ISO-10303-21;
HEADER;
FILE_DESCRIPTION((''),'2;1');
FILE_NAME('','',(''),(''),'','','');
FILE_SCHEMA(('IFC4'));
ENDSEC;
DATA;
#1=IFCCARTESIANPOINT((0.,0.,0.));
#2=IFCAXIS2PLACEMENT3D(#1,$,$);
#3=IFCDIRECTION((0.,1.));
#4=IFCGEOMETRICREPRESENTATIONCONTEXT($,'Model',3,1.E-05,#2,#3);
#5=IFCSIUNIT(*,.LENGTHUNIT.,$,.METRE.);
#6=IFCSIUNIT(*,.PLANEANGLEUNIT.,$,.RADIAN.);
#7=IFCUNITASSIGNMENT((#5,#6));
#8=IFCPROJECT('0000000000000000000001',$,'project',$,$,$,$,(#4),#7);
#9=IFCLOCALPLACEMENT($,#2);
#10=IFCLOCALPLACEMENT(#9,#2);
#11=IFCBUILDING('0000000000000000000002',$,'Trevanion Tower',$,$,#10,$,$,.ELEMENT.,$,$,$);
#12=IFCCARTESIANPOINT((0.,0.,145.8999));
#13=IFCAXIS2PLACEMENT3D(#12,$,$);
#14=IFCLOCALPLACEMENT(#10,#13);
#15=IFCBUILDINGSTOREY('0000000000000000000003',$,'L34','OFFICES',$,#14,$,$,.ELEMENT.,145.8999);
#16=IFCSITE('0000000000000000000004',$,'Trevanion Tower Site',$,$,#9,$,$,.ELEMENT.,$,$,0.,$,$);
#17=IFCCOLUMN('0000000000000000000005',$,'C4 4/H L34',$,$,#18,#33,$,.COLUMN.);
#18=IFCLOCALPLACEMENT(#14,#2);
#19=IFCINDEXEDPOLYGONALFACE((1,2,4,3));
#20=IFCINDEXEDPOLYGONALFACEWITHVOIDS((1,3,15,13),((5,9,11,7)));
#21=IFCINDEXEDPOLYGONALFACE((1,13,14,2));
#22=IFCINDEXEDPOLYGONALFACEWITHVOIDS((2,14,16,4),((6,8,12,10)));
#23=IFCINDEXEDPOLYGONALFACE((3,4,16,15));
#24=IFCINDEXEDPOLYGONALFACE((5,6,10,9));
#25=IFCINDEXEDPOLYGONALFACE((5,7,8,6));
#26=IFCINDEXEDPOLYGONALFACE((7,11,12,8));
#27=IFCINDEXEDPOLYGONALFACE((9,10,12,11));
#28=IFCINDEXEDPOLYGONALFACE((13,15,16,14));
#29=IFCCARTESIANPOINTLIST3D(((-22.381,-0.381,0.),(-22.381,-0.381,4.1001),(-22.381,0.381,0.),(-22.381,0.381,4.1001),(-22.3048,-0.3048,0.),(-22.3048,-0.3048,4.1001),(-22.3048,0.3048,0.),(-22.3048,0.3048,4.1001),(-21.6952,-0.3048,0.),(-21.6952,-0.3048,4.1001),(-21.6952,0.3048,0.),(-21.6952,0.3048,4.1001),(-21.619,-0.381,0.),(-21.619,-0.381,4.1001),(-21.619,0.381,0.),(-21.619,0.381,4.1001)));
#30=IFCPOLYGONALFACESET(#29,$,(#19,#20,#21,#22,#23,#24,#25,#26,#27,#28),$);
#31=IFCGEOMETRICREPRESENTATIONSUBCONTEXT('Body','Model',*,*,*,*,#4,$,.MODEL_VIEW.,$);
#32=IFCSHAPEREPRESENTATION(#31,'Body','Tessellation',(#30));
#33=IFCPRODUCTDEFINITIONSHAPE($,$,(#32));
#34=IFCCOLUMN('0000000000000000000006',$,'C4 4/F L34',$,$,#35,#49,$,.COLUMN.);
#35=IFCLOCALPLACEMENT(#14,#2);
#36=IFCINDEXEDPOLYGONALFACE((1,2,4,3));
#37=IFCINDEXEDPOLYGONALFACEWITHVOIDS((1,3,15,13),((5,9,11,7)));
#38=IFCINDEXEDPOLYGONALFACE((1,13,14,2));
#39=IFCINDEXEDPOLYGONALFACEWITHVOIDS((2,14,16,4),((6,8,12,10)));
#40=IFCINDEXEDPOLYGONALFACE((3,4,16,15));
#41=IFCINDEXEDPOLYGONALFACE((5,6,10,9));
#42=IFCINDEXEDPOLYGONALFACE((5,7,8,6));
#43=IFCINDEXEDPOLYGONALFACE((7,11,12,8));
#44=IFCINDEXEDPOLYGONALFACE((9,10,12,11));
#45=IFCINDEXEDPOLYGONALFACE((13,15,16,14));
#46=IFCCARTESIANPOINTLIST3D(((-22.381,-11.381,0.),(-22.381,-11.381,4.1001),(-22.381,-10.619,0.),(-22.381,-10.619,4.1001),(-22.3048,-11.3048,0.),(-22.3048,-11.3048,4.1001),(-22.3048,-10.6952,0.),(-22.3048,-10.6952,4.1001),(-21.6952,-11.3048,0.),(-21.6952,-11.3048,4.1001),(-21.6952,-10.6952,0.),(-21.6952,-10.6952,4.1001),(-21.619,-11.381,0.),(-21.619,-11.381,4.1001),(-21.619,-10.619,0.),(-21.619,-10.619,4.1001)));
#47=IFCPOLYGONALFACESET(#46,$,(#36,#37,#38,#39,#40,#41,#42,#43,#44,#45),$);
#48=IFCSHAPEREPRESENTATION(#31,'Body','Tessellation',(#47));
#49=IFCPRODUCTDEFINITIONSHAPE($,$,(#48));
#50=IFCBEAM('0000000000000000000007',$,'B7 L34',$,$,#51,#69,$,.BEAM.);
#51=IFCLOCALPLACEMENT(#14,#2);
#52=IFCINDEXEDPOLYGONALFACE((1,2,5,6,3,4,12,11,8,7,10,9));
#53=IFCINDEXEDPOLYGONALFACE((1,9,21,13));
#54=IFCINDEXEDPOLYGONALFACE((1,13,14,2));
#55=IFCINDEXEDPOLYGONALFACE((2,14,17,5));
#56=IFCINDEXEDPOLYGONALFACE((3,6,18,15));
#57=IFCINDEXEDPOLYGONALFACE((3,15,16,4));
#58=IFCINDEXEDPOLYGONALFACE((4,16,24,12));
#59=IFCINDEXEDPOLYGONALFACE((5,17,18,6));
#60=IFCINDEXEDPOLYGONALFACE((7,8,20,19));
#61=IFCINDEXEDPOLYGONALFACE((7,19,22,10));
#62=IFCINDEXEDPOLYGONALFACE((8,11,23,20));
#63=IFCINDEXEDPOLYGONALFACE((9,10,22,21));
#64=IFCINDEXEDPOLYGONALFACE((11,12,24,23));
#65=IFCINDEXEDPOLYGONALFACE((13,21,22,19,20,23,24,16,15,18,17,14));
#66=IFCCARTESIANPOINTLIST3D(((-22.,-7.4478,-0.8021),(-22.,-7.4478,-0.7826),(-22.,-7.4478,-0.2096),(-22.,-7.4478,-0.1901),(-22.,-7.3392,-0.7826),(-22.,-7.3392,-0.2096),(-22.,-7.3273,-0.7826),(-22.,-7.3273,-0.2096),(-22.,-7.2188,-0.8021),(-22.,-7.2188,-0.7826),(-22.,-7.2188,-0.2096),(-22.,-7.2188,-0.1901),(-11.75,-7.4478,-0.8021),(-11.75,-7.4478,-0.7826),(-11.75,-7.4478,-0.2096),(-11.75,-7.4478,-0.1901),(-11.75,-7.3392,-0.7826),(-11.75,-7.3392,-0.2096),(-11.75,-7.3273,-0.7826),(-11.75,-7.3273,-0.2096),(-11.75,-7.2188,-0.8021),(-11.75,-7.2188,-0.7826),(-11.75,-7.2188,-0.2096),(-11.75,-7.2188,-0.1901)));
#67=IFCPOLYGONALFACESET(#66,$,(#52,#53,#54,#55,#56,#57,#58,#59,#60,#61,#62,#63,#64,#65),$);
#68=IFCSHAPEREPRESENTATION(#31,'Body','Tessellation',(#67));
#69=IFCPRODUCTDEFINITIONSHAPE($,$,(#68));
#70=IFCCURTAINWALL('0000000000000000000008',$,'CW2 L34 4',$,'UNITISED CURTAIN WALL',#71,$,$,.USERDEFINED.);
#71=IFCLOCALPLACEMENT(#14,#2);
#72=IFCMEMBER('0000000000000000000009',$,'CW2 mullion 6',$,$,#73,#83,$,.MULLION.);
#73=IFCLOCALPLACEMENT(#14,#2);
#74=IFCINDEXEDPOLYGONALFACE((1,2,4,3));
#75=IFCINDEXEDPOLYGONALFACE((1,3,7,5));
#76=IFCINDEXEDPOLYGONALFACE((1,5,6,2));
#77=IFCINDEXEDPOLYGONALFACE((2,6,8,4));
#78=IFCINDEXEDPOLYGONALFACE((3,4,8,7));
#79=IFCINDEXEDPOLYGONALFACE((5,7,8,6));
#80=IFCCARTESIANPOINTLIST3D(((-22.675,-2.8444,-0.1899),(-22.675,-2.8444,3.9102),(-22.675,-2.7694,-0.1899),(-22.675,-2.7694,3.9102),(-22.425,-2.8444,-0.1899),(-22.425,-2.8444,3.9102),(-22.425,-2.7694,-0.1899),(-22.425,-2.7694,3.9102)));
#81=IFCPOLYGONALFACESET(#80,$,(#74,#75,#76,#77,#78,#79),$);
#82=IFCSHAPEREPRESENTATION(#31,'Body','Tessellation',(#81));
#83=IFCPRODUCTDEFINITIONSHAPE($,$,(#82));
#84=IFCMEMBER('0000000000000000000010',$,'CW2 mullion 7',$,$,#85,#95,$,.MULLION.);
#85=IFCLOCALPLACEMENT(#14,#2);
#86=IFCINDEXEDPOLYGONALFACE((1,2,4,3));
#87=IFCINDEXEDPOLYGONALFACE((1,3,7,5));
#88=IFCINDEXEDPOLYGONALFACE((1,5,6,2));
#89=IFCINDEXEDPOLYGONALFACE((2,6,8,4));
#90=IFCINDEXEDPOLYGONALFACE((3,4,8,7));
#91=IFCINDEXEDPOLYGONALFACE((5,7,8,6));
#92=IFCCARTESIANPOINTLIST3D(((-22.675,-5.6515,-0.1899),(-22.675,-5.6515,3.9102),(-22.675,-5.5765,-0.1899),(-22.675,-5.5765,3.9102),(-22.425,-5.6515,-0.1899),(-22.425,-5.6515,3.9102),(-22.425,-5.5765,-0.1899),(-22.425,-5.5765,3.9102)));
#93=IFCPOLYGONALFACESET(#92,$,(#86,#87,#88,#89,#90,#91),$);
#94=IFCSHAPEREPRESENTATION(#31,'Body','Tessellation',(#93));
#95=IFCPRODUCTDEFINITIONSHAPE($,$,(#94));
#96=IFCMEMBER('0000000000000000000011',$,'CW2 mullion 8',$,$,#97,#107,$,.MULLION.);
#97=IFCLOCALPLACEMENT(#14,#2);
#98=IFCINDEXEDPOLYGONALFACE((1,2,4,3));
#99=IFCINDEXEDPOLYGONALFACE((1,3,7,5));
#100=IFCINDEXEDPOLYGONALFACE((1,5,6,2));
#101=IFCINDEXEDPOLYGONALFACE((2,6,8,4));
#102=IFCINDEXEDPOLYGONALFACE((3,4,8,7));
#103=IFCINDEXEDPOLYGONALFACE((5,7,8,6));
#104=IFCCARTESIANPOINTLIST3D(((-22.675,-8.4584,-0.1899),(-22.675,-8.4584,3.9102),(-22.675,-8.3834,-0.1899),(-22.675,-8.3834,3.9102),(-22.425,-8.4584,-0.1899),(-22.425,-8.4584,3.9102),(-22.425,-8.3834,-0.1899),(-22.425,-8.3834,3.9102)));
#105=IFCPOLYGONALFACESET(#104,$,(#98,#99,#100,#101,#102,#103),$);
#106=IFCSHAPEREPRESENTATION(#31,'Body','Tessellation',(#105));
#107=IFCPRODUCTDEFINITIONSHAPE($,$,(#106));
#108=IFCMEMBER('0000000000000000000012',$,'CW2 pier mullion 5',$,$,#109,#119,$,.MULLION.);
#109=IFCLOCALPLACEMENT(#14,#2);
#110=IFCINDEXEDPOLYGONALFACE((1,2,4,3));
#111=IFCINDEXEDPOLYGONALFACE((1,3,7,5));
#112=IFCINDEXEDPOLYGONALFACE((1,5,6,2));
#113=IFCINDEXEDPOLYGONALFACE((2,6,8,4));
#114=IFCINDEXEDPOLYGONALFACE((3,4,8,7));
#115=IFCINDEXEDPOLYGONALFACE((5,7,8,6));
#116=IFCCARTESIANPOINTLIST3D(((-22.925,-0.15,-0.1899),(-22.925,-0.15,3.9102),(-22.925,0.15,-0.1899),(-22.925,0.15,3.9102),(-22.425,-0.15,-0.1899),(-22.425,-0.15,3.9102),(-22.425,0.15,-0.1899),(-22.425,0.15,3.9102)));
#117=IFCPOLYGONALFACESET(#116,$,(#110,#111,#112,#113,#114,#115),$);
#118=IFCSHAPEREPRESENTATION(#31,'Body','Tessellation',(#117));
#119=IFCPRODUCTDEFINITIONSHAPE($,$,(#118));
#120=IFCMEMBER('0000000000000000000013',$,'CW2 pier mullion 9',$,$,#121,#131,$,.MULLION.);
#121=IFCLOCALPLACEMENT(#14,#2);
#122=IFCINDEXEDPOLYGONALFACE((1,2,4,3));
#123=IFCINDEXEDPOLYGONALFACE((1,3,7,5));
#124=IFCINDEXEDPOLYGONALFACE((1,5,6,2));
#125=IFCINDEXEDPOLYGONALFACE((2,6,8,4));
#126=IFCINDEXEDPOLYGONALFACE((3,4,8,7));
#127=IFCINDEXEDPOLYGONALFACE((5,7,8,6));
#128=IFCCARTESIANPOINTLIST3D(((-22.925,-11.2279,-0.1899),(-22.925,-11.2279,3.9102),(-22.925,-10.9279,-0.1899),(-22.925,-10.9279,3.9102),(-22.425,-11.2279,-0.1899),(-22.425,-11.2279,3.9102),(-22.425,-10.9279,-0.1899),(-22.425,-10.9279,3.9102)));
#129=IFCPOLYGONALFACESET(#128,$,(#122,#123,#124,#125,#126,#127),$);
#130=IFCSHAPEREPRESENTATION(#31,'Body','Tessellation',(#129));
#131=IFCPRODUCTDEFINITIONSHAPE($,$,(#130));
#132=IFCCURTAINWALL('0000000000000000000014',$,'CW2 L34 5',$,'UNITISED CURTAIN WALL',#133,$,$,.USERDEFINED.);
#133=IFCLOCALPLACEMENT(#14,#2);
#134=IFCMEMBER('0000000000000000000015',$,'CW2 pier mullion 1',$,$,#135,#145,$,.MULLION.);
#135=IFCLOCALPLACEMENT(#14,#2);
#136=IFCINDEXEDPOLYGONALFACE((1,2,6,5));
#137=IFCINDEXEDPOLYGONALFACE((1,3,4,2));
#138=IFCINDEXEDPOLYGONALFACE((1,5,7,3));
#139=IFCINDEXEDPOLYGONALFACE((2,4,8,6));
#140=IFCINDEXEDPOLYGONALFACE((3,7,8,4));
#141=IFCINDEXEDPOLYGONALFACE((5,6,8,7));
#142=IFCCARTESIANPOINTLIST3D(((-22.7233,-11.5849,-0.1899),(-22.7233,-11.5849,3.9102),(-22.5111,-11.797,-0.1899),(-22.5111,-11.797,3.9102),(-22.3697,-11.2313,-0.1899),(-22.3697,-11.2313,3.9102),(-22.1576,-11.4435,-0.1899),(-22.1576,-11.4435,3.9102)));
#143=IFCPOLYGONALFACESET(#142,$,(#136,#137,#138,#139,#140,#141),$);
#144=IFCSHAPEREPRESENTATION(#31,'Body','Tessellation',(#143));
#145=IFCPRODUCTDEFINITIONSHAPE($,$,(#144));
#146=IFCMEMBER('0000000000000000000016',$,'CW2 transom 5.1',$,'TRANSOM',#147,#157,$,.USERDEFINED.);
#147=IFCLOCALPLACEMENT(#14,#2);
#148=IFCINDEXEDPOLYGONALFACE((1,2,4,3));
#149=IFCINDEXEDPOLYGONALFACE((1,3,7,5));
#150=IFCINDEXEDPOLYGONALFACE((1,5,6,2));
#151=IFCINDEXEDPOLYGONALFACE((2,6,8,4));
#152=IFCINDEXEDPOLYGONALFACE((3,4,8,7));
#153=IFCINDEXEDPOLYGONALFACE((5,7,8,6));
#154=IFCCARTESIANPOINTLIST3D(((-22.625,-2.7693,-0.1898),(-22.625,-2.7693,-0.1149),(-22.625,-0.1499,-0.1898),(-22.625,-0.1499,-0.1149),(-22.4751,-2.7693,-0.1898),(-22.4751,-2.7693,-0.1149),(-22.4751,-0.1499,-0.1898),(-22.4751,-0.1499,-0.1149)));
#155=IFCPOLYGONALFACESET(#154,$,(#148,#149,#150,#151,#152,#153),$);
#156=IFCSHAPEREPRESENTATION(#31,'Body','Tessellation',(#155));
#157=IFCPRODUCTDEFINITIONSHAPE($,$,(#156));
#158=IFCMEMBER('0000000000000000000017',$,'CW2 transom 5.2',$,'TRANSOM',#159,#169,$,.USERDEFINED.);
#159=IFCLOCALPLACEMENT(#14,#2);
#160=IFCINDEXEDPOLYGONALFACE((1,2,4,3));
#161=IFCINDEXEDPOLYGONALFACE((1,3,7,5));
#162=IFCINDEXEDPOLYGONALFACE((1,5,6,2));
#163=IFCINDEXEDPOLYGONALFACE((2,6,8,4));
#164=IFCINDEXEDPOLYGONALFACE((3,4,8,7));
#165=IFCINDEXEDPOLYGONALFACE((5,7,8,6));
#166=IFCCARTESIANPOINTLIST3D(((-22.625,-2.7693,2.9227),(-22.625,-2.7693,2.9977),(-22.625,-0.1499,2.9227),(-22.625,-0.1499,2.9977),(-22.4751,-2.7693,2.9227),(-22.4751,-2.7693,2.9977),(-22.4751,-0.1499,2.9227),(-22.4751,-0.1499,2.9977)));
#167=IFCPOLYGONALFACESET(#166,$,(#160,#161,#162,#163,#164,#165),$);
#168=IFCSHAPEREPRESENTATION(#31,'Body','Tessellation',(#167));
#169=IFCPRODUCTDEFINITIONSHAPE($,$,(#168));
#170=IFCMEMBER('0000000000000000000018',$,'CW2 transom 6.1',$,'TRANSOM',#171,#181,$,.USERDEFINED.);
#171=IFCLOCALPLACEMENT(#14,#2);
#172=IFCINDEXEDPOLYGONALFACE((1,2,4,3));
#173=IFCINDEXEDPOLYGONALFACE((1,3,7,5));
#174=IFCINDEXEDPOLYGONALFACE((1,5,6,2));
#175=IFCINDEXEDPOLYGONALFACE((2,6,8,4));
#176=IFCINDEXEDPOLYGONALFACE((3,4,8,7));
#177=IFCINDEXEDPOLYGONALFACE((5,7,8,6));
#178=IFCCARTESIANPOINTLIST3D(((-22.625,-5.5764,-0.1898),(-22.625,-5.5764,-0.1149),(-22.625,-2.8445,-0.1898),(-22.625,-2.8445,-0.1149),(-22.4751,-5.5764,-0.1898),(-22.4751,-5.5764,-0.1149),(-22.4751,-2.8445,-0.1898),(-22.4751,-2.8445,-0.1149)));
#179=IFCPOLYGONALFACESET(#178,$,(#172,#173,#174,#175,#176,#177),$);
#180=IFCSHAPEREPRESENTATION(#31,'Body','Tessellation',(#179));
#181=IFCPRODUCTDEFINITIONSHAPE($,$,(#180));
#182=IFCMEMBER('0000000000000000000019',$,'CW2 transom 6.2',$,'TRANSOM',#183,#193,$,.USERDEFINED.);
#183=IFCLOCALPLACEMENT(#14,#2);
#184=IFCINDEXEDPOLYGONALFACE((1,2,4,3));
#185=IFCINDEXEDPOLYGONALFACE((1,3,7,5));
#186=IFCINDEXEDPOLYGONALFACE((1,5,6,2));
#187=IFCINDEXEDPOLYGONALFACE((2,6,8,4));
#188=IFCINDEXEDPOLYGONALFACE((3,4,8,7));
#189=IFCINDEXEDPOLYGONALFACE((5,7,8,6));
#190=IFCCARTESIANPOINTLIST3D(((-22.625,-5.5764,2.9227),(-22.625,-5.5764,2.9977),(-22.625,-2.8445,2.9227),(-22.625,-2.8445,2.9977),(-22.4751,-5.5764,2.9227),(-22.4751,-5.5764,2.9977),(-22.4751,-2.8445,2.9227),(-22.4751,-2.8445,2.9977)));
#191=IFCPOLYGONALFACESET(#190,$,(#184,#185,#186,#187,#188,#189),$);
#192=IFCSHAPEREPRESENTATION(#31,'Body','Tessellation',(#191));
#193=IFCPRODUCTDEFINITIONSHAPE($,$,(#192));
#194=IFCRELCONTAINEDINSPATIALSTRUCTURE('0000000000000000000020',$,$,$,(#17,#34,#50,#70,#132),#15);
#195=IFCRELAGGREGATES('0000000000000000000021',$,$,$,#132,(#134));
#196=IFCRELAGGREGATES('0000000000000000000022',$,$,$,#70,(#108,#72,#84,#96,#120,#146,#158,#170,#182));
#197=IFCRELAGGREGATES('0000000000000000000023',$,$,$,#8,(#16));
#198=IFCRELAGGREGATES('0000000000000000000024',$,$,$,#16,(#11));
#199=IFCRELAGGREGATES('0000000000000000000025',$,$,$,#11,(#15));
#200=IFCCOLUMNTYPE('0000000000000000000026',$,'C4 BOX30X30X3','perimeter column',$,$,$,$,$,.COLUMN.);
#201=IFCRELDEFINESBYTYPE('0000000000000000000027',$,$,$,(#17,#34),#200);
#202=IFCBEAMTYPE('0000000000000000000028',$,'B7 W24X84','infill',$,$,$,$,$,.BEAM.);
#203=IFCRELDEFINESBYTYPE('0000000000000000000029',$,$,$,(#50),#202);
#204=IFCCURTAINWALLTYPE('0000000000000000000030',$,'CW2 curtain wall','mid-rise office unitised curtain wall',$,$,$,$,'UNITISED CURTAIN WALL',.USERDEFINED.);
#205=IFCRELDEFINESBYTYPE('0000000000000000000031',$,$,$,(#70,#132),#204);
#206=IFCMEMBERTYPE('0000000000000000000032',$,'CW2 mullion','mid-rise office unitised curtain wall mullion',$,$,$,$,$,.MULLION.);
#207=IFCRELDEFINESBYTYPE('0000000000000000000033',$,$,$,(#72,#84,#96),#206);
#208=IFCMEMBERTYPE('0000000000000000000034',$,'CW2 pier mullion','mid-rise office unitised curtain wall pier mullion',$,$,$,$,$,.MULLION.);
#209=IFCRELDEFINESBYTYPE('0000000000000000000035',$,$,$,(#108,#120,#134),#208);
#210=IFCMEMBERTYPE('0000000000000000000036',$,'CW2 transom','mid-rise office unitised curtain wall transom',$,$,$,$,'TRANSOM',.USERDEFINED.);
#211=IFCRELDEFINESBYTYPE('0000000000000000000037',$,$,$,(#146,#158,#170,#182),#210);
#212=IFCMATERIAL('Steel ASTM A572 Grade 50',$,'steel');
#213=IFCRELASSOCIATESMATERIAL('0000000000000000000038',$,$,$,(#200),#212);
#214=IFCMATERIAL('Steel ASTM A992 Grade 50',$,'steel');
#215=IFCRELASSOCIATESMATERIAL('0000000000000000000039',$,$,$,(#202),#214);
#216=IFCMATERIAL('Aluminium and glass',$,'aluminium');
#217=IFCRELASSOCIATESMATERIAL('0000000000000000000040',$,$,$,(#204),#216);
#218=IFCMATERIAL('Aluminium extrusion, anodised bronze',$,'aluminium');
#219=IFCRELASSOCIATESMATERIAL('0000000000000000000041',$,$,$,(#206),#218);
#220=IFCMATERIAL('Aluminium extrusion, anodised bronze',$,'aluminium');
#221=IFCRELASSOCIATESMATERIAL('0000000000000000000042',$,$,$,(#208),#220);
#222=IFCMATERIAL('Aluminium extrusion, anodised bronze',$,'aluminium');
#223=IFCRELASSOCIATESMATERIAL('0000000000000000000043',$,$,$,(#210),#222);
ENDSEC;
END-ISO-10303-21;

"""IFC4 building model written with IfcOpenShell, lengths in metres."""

from ifc_helpers import new_model, si_unit, direction, frame, origin, origin_2d, place, context, subcontext, project, spatial, rectangle, hollow_rectangle, i_section, extrude, material, material_profile, profile_set, type_object, element, aggregate, save


model = new_model("IFC4")

# Units and contexts
model_context = context("Model", 3, precision=1e-05, world=origin(), true_north=direction((0.0, 1.0)))
body_context = subcontext(model_context, "Body", "Model", "MODEL_VIEW")
ifc_project = project(units=[si_unit("LENGTHUNIT", "METRE"), si_unit("PLANEANGLEUNIT", "RADIAN")], contexts=[model_context])

# Site, building, storey
site_placement = place(None, origin())
site = spatial("IfcSite", under=ifc_project, at=site_placement, Name="Trevanion Tower Site", CompositionType="ELEMENT", RefElevation=0.0)
building_placement = place(site_placement, origin())
building = spatial("IfcBuilding", under=site, at=building_placement, Name="Trevanion Tower", CompositionType="ELEMENT")
storey_placement = place(building_placement, frame((0.0, 0.0, 145.8999)))
storey = spatial("IfcBuildingStorey", under=building, at=storey_placement, Name="L34", Description="OFFICES", CompositionType="ELEMENT", Elevation=145.8999)

# Columns
ifc_material_1 = material(Name="Steel ASTM A572 Grade 50", Category="steel")
ifc_material_profile_1 = material_profile(ifc_material_1, hollow_rectangle(XDim=0.762, YDim=0.762, WallThickness=0.0762, at=origin_2d()), Name="BOX30X30X3")
ifc_profile_set_1 = profile_set([ifc_material_profile_1], Name="Steel ASTM A572 Grade 50")
column_type = type_object("IfcColumnType", Name="C4 BOX30X30X3", Description="perimeter column", PredefinedType="COLUMN", material=ifc_profile_set_1)
for number, where, z_axis, x_axis, name in (
    (1, (-22.0, 0.0, 0.0), (0.0, 0.0, 1.0), (0.0, 1.0, 0.0), "C4 4/H L34"),
    (2, (-22.0, -11.0, 0.0), (0.0, 0.0, 1.0), (0.0, 1.0, 0.0), "C4 4/F L34"),
):
    element("IfcColumn", number, at=place(storey_placement, frame(where, z_axis=z_axis, x_axis=x_axis)), inside=storey, type_object=column_type, Name=name, PredefinedType="COLUMN", context=body_context, shape_type="SweptSolid", body=[
        extrude(hollow_rectangle(XDim=0.762, YDim=0.762, WallThickness=0.0762, at=origin_2d()), origin(), (0.0, 0.0, 1.0), 4.1001),
    ])

# Beam
ifc_material_2 = material(Name="Steel ASTM A992 Grade 50", Category="steel")
ifc_material_profile_2 = material_profile(ifc_material_2, i_section(OverallWidth=0.229, OverallDepth=0.6121, WebThickness=0.012, FlangeThickness=0.0195, at=origin_2d()), Name="W24X84")
ifc_profile_set_2 = profile_set([ifc_material_profile_2], Name="Steel ASTM A992 Grade 50")
beam_type_1 = type_object("IfcBeamType", Name="B7 W24X84", Description="infill", PredefinedType="BEAM", material=ifc_profile_set_2)
beam_1_placement = place(storey_placement, frame((-11.75, -7.3333, -0.4961), z_axis=(-1.0, 0.0, 0.0), x_axis=(0.0, -1.0, 0.0)))
element("IfcBeam", 3, at=beam_1_placement, inside=storey, type_object=beam_type_1, Name="B7 L34", PredefinedType="BEAM", context=body_context, shape_type="SweptSolid", body=[
    extrude(i_section(OverallWidth=0.229, OverallDepth=0.6121, WebThickness=0.012, FlangeThickness=0.0195, at=origin_2d()), origin(), (0.0, 0.0, 1.0), 10.25),
])

# Curtain wall, members
ifc_material_3 = material(Name="Aluminium and glass", Category="aluminium")
curtain_wall_type = type_object("IfcCurtainWallType", Name="CW2 curtain wall", Description="mid-rise office unitised curtain wall", ElementType="UNITISED CURTAIN WALL", PredefinedType="USERDEFINED", material=ifc_material_3)
curtain_wall_1_placement = place(storey_placement, origin())
curtain_wall_1 = element("IfcCurtainWall", 4, at=curtain_wall_1_placement, inside=storey, type_object=curtain_wall_type, Name="CW2 L34 4", ObjectType="UNITISED CURTAIN WALL", PredefinedType="USERDEFINED")
ifc_material_4 = material(Name="Aluminium extrusion, anodised bronze", Category="aluminium")
ifc_material_profile_3 = material_profile(ifc_material_4, rectangle(XDim=0.075, YDim=0.25, at=origin_2d()), Name="CW2 mullion")
ifc_profile_set_3 = profile_set([ifc_material_profile_3], Name="Aluminium extrusion, anodised bronze")
member_type_1 = type_object("IfcMemberType", Name="CW2 mullion", Description="mid-rise office unitised curtain wall mullion", PredefinedType="MULLION", material=ifc_profile_set_3)
member_1_placement = place(storey_placement, frame((-22.55, -2.8069, -0.1899), z_axis=(0.0, 0.0, 1.0), x_axis=(0.0, -1.0, 0.0)))
member_1 = element("IfcMember", 5, at=member_1_placement, type_object=member_type_1, Name="CW2 mullion 6", PredefinedType="MULLION", context=body_context, shape_type="SweptSolid", body=[
    extrude(rectangle(XDim=0.075, YDim=0.25, at=origin_2d()), origin(), (0.0, 0.0, 1.0), 4.1001),
])
member_2_placement = place(storey_placement, frame((-22.55, -5.614, -0.1899), z_axis=(0.0, 0.0, 1.0), x_axis=(0.0, -1.0, 0.0)))
member_2 = element("IfcMember", 6, at=member_2_placement, type_object=member_type_1, Name="CW2 mullion 7", PredefinedType="MULLION", context=body_context, shape_type="SweptSolid", body=[
    extrude(rectangle(XDim=0.075, YDim=0.25, at=origin_2d()), origin(), (0.0, 0.0, 1.0), 4.1001),
])
member_3_placement = place(storey_placement, frame((-22.55, -8.4209, -0.1899), z_axis=(0.0, 0.0, 1.0), x_axis=(0.0, -1.0, 0.0)))
member_3 = element("IfcMember", 7, at=member_3_placement, type_object=member_type_1, Name="CW2 mullion 8", PredefinedType="MULLION", context=body_context, shape_type="SweptSolid", body=[
    extrude(rectangle(XDim=0.075, YDim=0.25, at=origin_2d()), origin(), (0.0, 0.0, 1.0), 4.1001),
])
ifc_material_5 = material(Name="Aluminium extrusion, anodised bronze", Category="aluminium")
ifc_material_profile_4 = material_profile(ifc_material_5, rectangle(XDim=0.3, YDim=0.5, at=origin_2d()), Name="CW2 pier mullion")
ifc_profile_set_4 = profile_set([ifc_material_profile_4], Name="Aluminium extrusion, anodised bronze")
member_type_2 = type_object("IfcMemberType", Name="CW2 pier mullion", Description="mid-rise office unitised curtain wall pier mullion", PredefinedType="MULLION", material=ifc_profile_set_4)
member_4_placement = place(storey_placement, frame((-22.675, 0.0, -0.1899), z_axis=(0.0, 0.0, 1.0), x_axis=(0.0, -1.0, 0.0)))
member_4 = element("IfcMember", 8, at=member_4_placement, type_object=member_type_2, Name="CW2 pier mullion 5", PredefinedType="MULLION", context=body_context, shape_type="SweptSolid", body=[
    extrude(rectangle(XDim=0.3, YDim=0.5, at=origin_2d()), origin(), (0.0, 0.0, 1.0), 4.1001),
])
member_5_placement = place(storey_placement, frame((-22.675, -11.0779, -0.1899), z_axis=(0.0, 0.0, 1.0), x_axis=(0.0, -1.0, 0.0)))
member_5 = element("IfcMember", 9, at=member_5_placement, type_object=member_type_2, Name="CW2 pier mullion 9", PredefinedType="MULLION", context=body_context, shape_type="SweptSolid", body=[
    extrude(rectangle(XDim=0.3, YDim=0.5, at=origin_2d()), origin(), (0.0, 0.0, 1.0), 4.1001),
])

# Curtain wall, member
curtain_wall_2_placement = place(storey_placement, origin())
curtain_wall_2 = element("IfcCurtainWall", 10, at=curtain_wall_2_placement, inside=storey, type_object=curtain_wall_type, Name="CW2 L34 5", ObjectType="UNITISED CURTAIN WALL", PredefinedType="USERDEFINED")
member_6_placement = place(storey_placement, frame((-22.4404, -11.5142, -0.1899), z_axis=(0.0, 0.0, 1.0), x_axis=(0.707107, -0.707107, 0.0)))
member_6 = element("IfcMember", 11, at=member_6_placement, type_object=member_type_2, Name="CW2 pier mullion 1", PredefinedType="MULLION", context=body_context, shape_type="SweptSolid", body=[
    extrude(rectangle(XDim=0.3, YDim=0.5, at=origin_2d()), origin(), (0.0, 0.0, 1.0), 4.1001),
])

# Members
ifc_material_6 = material(Name="Aluminium extrusion, anodised bronze", Category="aluminium")
ifc_material_profile_5 = material_profile(ifc_material_6, rectangle(XDim=0.1499, YDim=0.075, at=origin_2d()), Name="CW2 transom")
ifc_profile_set_5 = profile_set([ifc_material_profile_5], Name="Aluminium extrusion, anodised bronze")
member_type_3 = type_object("IfcMemberType", Name="CW2 transom", Description="mid-rise office unitised curtain wall transom", ElementType="TRANSOM", PredefinedType="USERDEFINED", material=ifc_profile_set_5)
member_7_placement = place(storey_placement, frame((-22.55, -0.1499, -0.1523), z_axis=(0.0, -1.0, 0.0), x_axis=(1.0, 0.0, 0.0)))
member_7 = element("IfcMember", 12, at=member_7_placement, type_object=member_type_3, Name="CW2 transom 5.1", ObjectType="TRANSOM", PredefinedType="USERDEFINED", context=body_context, shape_type="SweptSolid", body=[
    extrude(rectangle(XDim=0.1499, YDim=0.075, at=origin_2d()), origin(), (0.0, 0.0, 1.0), 2.6194),
])
member_8_placement = place(storey_placement, frame((-22.55, -0.1499, 2.9602), z_axis=(0.0, -1.0, 0.0), x_axis=(1.0, 0.0, 0.0)))
member_8 = element("IfcMember", 13, at=member_8_placement, type_object=member_type_3, Name="CW2 transom 5.2", ObjectType="TRANSOM", PredefinedType="USERDEFINED", context=body_context, shape_type="SweptSolid", body=[
    extrude(rectangle(XDim=0.1499, YDim=0.075, at=origin_2d()), origin(), (0.0, 0.0, 1.0), 2.6194),
])
member_9_placement = place(storey_placement, frame((-22.55, -2.8445, -0.1523), z_axis=(0.0, -1.0, 0.0), x_axis=(1.0, 0.0, 0.0)))
member_9 = element("IfcMember", 14, at=member_9_placement, type_object=member_type_3, Name="CW2 transom 6.1", ObjectType="TRANSOM", PredefinedType="USERDEFINED", context=body_context, shape_type="SweptSolid", body=[
    extrude(rectangle(XDim=0.1499, YDim=0.075, at=origin_2d()), origin(), (0.0, 0.0, 1.0), 2.7319),
])
member_10_placement = place(storey_placement, frame((-22.55, -2.8445, 2.9602), z_axis=(0.0, -1.0, 0.0), x_axis=(1.0, 0.0, 0.0)))
member_10 = element("IfcMember", 15, at=member_10_placement, type_object=member_type_3, Name="CW2 transom 6.2", ObjectType="TRANSOM", PredefinedType="USERDEFINED", context=body_context, shape_type="SweptSolid", body=[
    extrude(rectangle(XDim=0.1499, YDim=0.075, at=origin_2d()), origin(), (0.0, 0.0, 1.0), 2.7319),
])
aggregate(curtain_wall_2, [member_6])

aggregate(curtain_wall_1, [member_4, member_1, member_2, member_3, member_5, member_7, member_8, member_9, member_10])

save(model, "model.ifc")
